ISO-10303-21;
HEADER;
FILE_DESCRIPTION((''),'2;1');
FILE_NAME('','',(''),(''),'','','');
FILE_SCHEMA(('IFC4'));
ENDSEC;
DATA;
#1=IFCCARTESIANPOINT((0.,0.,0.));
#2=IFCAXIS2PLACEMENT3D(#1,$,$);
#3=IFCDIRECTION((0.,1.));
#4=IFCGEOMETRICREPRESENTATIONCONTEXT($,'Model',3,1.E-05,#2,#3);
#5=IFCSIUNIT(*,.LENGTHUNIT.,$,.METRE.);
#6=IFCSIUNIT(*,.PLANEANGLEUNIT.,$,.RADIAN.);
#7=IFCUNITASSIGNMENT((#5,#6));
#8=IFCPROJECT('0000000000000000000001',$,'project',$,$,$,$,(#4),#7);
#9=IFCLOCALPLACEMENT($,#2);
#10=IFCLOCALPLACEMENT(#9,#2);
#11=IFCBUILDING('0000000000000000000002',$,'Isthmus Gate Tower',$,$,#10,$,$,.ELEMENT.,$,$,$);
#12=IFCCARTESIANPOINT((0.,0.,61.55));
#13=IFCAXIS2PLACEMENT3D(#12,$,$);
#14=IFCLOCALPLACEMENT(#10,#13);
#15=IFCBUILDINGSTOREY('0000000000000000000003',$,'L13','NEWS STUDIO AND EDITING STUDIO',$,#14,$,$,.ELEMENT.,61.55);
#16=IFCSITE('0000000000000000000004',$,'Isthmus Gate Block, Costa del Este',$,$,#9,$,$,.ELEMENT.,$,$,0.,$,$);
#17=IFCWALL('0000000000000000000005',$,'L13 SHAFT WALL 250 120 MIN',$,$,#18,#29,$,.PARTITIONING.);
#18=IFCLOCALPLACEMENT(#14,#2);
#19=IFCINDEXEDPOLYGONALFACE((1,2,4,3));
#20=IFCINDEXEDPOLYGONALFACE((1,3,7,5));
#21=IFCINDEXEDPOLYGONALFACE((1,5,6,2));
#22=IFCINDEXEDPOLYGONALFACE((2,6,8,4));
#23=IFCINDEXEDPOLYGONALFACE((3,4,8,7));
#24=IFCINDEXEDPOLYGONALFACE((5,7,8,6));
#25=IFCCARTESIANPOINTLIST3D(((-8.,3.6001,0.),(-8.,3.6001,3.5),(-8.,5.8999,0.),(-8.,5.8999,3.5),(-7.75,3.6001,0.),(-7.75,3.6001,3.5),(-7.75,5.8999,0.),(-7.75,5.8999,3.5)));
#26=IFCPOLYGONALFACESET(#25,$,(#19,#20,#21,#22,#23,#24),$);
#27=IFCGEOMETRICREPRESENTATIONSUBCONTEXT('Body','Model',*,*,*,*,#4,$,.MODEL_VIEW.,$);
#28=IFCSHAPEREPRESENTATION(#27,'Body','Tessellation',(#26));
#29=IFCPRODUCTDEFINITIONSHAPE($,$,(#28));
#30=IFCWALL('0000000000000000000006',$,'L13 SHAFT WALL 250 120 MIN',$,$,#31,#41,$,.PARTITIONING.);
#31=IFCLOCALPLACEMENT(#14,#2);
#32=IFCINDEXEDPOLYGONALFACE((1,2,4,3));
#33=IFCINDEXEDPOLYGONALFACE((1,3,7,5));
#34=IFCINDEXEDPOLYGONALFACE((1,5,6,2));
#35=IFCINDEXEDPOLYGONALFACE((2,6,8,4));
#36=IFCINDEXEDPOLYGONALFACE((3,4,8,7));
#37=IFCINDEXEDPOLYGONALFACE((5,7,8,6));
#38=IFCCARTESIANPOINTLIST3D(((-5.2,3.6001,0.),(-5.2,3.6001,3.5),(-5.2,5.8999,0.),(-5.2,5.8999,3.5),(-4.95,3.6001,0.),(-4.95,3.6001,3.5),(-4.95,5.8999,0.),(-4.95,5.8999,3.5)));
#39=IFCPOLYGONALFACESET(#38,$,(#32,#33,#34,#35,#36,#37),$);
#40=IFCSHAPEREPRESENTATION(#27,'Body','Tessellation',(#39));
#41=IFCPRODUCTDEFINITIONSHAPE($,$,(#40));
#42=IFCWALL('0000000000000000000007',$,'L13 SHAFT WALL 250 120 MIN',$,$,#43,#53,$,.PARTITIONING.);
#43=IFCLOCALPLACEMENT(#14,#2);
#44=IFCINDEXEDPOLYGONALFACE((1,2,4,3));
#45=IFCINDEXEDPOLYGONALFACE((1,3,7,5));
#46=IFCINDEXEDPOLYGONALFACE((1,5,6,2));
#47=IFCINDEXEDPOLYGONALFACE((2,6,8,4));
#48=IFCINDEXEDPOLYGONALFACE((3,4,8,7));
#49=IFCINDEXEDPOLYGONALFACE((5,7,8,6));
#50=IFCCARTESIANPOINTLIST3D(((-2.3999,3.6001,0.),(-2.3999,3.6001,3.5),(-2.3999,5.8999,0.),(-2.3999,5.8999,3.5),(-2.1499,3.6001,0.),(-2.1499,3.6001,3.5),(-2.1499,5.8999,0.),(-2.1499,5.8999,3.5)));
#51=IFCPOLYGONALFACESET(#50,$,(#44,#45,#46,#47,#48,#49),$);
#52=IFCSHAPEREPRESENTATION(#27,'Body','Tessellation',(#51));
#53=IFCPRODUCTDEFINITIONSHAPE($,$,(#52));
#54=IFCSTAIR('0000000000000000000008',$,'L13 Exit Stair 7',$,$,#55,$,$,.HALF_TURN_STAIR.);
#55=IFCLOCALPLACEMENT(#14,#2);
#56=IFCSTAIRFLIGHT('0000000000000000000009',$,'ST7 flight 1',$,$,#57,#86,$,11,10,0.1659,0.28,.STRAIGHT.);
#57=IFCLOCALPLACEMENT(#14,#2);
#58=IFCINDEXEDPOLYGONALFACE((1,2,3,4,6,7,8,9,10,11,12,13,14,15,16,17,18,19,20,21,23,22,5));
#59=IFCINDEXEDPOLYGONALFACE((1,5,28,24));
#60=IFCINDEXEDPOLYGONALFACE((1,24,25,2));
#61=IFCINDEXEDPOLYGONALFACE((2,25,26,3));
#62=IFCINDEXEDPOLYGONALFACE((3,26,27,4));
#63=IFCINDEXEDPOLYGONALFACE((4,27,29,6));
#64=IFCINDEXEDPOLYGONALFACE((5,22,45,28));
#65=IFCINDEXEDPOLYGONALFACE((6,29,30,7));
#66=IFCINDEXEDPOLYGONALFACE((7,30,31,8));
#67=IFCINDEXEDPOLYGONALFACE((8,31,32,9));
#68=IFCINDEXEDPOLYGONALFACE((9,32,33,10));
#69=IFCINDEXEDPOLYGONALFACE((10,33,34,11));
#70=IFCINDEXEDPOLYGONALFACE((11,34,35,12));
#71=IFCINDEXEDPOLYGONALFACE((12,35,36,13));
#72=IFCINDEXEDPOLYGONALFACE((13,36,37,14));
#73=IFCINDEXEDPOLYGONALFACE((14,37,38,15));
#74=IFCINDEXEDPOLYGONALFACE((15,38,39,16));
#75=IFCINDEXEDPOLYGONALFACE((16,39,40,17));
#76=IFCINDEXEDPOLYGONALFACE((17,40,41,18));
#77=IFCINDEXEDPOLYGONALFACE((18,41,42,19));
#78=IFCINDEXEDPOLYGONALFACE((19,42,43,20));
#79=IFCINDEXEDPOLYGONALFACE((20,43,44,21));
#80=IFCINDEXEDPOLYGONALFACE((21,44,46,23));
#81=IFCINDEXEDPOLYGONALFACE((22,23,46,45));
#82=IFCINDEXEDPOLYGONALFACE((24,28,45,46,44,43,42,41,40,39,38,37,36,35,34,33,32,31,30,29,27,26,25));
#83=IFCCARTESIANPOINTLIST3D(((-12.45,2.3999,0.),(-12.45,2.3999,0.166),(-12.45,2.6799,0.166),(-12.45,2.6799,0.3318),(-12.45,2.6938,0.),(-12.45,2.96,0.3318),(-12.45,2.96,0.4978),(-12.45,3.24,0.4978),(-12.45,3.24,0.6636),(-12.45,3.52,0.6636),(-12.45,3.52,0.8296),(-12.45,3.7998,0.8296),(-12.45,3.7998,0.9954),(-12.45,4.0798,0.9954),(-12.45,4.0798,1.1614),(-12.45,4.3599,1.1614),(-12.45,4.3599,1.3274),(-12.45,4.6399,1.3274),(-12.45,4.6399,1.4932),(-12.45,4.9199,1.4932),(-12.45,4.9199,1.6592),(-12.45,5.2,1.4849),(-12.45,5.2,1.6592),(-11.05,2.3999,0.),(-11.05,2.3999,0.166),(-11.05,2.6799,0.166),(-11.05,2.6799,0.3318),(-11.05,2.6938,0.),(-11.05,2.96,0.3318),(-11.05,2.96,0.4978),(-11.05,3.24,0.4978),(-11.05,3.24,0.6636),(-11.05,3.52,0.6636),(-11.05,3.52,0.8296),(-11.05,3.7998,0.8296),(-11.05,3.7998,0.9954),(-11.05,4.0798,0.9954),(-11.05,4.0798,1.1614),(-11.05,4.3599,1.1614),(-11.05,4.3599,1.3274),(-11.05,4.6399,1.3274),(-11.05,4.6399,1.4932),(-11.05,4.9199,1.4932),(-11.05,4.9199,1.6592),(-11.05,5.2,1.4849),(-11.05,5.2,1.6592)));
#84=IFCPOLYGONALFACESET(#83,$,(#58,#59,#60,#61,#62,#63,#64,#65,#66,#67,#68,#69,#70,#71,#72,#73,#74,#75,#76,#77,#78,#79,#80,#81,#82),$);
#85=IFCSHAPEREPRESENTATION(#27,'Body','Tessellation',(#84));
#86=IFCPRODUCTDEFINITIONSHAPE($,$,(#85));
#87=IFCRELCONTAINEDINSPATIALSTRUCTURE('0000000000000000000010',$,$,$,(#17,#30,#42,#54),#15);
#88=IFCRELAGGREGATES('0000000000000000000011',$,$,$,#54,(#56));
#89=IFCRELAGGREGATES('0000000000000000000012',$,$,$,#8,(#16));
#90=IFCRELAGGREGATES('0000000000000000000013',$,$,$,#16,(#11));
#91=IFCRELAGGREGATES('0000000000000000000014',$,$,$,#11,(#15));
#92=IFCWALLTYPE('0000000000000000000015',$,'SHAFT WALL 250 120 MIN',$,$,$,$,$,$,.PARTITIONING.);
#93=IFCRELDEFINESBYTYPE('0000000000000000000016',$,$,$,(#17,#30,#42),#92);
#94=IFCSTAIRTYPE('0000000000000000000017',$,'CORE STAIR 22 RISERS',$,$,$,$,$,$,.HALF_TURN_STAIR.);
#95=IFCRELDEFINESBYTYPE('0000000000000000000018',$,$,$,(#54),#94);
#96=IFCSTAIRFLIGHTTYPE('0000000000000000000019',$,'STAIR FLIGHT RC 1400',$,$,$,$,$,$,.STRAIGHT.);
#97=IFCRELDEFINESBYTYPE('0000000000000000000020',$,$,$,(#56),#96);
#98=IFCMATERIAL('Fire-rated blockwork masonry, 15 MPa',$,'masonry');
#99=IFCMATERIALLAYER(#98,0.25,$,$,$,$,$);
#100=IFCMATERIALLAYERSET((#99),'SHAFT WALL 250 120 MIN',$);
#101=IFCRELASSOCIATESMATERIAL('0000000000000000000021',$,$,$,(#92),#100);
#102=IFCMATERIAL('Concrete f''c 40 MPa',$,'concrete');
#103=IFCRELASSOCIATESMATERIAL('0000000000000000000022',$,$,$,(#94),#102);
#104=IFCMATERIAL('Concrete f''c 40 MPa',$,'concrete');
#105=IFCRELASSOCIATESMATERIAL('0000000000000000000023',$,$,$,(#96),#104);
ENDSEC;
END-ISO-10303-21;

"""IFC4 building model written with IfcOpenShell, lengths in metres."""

from ifc_helpers import new_model, si_unit, direction, frame, frame_2d, origin, place, context, subcontext, project, spatial, polyline, rectangle, outline, extrude, material, layer, layer_set, type_object, element, aggregate, save


model = new_model("IFC4")

# Units and contexts
model_context = context("Model", 3, precision=1e-05, world=origin(), true_north=direction((0.0, 1.0)))
body_context = subcontext(model_context, "Body", "Model", "MODEL_VIEW")
ifc_project = project(units=[si_unit("LENGTHUNIT", "METRE"), si_unit("PLANEANGLEUNIT", "RADIAN")], contexts=[model_context])

# Site, building, storey
site_placement = place(None, origin())
site = spatial("IfcSite", under=ifc_project, at=site_placement, Name="Isthmus Gate Block, Costa del Este", CompositionType="ELEMENT", RefElevation=0.0)
building_placement = place(site_placement, origin())
building = spatial("IfcBuilding", under=site, at=building_placement, Name="Isthmus Gate Tower", CompositionType="ELEMENT")
storey_placement = place(building_placement, frame((0.0, 0.0, 61.55)))
storey = spatial("IfcBuildingStorey", under=building, at=storey_placement, Name="L13", Description="NEWS STUDIO AND EDITING STUDIO", CompositionType="ELEMENT", Elevation=61.55)

# Walls
ifc_material_1 = material(Name="Fire-rated blockwork masonry, 15 MPa", Category="masonry")
ifc_layer_1 = layer(ifc_material_1, 0.25)
ifc_layer_set_1 = layer_set([ifc_layer_1], Name="SHAFT WALL 250 120 MIN")
wall_type_1 = type_object("IfcWallType", Name="SHAFT WALL 250 120 MIN", PredefinedType="PARTITIONING", material=ifc_layer_set_1)
for number, where, z_axis, x_axis, name in (
    (1, (-7.875, 3.6001, 0.0), (0.0, 0.0, 1.0), (0.0, 1.0, 0.0), "L13 SHAFT WALL 250 120 MIN"),
    (2, (-5.075, 3.6001, 0.0), (0.0, 0.0, 1.0), (0.0, 1.0, 0.0), "L13 SHAFT WALL 250 120 MIN"),
    (3, (-2.2749, 3.6001, 0.0), (0.0, 0.0, 1.0), (0.0, 1.0, 0.0), "L13 SHAFT WALL 250 120 MIN"),
):
    element("IfcWall", number, at=place(storey_placement, frame(where, z_axis=z_axis, x_axis=x_axis)), inside=storey, type_object=wall_type_1, Name=name, PredefinedType="PARTITIONING", context=body_context, shape_type="SweptSolid", body=[
        extrude(rectangle(XDim=2.2998, YDim=0.25, at=frame_2d((1.1499, 0.0))), origin(), (0.0, 0.0, 1.0), 3.5),
    ])

# Stair, stair flight
ifc_material_2 = material(Name="Concrete f'c 40 MPa", Category="concrete")
stair_type = type_object("IfcStairType", Name="CORE STAIR 22 RISERS", PredefinedType="HALF_TURN_STAIR", material=ifc_material_2)
stair_placement = place(storey_placement, origin())
stair = element("IfcStair", 4, at=stair_placement, inside=storey, type_object=stair_type, Name="L13 Exit Stair 7", PredefinedType="HALF_TURN_STAIR")
ifc_material_3 = material(Name="Concrete f'c 40 MPa", Category="concrete")
stair_flight_type = type_object("IfcStairFlightType", Name="STAIR FLIGHT RC 1400", PredefinedType="STRAIGHT", material=ifc_material_3)
stair_flight_placement = place(storey_placement, frame((-11.75, 2.3999, 0.0), z_axis=(0.0, 0.0, 1.0), x_axis=(0.0, 1.0, 0.0)))
stair_flight = element("IfcStairFlight", 5, at=stair_flight_placement, type_object=stair_flight_type, Name="ST7 flight 1", NumberOfRisers=11, NumberOfTreads=10, PredefinedType="STRAIGHT", RiserHeight=0.1659, TreadLength=0.28, context=body_context, shape_type="SweptSolid", body=[
    extrude(outline(polyline([(0.0, 0.0), (0.0, 0.166), (0.28, 0.166), (0.28, 0.3318), (0.5601, 0.3318), (0.5601, 0.4978), (0.8401, 0.4978), (0.8401, 0.6636), (1.1201, 0.6636), (1.1201, 0.8296), (1.3999, 0.8296), (1.3999, 0.9954), (1.6799, 0.9954), (1.6799, 1.1614), (1.96, 1.1614), (1.96, 1.3274), (2.24, 1.3274), (2.24, 1.4932), (2.52, 1.4932), (2.52, 1.6592), (2.8, 1.6592), (2.8, 1.825), (2.8, 1.4849), (0.2939, 0.0), (0.0, 0.0)])), frame((0.0, 0.7, 0.0), z_axis=(0.0, -1.0, 0.0), x_axis=(1.0, 0.0, 0.0)), (0.0, 0.0, 1.0), 1.3999),
])
aggregate(stair, [stair_flight])

save(model, "model.ifc")
